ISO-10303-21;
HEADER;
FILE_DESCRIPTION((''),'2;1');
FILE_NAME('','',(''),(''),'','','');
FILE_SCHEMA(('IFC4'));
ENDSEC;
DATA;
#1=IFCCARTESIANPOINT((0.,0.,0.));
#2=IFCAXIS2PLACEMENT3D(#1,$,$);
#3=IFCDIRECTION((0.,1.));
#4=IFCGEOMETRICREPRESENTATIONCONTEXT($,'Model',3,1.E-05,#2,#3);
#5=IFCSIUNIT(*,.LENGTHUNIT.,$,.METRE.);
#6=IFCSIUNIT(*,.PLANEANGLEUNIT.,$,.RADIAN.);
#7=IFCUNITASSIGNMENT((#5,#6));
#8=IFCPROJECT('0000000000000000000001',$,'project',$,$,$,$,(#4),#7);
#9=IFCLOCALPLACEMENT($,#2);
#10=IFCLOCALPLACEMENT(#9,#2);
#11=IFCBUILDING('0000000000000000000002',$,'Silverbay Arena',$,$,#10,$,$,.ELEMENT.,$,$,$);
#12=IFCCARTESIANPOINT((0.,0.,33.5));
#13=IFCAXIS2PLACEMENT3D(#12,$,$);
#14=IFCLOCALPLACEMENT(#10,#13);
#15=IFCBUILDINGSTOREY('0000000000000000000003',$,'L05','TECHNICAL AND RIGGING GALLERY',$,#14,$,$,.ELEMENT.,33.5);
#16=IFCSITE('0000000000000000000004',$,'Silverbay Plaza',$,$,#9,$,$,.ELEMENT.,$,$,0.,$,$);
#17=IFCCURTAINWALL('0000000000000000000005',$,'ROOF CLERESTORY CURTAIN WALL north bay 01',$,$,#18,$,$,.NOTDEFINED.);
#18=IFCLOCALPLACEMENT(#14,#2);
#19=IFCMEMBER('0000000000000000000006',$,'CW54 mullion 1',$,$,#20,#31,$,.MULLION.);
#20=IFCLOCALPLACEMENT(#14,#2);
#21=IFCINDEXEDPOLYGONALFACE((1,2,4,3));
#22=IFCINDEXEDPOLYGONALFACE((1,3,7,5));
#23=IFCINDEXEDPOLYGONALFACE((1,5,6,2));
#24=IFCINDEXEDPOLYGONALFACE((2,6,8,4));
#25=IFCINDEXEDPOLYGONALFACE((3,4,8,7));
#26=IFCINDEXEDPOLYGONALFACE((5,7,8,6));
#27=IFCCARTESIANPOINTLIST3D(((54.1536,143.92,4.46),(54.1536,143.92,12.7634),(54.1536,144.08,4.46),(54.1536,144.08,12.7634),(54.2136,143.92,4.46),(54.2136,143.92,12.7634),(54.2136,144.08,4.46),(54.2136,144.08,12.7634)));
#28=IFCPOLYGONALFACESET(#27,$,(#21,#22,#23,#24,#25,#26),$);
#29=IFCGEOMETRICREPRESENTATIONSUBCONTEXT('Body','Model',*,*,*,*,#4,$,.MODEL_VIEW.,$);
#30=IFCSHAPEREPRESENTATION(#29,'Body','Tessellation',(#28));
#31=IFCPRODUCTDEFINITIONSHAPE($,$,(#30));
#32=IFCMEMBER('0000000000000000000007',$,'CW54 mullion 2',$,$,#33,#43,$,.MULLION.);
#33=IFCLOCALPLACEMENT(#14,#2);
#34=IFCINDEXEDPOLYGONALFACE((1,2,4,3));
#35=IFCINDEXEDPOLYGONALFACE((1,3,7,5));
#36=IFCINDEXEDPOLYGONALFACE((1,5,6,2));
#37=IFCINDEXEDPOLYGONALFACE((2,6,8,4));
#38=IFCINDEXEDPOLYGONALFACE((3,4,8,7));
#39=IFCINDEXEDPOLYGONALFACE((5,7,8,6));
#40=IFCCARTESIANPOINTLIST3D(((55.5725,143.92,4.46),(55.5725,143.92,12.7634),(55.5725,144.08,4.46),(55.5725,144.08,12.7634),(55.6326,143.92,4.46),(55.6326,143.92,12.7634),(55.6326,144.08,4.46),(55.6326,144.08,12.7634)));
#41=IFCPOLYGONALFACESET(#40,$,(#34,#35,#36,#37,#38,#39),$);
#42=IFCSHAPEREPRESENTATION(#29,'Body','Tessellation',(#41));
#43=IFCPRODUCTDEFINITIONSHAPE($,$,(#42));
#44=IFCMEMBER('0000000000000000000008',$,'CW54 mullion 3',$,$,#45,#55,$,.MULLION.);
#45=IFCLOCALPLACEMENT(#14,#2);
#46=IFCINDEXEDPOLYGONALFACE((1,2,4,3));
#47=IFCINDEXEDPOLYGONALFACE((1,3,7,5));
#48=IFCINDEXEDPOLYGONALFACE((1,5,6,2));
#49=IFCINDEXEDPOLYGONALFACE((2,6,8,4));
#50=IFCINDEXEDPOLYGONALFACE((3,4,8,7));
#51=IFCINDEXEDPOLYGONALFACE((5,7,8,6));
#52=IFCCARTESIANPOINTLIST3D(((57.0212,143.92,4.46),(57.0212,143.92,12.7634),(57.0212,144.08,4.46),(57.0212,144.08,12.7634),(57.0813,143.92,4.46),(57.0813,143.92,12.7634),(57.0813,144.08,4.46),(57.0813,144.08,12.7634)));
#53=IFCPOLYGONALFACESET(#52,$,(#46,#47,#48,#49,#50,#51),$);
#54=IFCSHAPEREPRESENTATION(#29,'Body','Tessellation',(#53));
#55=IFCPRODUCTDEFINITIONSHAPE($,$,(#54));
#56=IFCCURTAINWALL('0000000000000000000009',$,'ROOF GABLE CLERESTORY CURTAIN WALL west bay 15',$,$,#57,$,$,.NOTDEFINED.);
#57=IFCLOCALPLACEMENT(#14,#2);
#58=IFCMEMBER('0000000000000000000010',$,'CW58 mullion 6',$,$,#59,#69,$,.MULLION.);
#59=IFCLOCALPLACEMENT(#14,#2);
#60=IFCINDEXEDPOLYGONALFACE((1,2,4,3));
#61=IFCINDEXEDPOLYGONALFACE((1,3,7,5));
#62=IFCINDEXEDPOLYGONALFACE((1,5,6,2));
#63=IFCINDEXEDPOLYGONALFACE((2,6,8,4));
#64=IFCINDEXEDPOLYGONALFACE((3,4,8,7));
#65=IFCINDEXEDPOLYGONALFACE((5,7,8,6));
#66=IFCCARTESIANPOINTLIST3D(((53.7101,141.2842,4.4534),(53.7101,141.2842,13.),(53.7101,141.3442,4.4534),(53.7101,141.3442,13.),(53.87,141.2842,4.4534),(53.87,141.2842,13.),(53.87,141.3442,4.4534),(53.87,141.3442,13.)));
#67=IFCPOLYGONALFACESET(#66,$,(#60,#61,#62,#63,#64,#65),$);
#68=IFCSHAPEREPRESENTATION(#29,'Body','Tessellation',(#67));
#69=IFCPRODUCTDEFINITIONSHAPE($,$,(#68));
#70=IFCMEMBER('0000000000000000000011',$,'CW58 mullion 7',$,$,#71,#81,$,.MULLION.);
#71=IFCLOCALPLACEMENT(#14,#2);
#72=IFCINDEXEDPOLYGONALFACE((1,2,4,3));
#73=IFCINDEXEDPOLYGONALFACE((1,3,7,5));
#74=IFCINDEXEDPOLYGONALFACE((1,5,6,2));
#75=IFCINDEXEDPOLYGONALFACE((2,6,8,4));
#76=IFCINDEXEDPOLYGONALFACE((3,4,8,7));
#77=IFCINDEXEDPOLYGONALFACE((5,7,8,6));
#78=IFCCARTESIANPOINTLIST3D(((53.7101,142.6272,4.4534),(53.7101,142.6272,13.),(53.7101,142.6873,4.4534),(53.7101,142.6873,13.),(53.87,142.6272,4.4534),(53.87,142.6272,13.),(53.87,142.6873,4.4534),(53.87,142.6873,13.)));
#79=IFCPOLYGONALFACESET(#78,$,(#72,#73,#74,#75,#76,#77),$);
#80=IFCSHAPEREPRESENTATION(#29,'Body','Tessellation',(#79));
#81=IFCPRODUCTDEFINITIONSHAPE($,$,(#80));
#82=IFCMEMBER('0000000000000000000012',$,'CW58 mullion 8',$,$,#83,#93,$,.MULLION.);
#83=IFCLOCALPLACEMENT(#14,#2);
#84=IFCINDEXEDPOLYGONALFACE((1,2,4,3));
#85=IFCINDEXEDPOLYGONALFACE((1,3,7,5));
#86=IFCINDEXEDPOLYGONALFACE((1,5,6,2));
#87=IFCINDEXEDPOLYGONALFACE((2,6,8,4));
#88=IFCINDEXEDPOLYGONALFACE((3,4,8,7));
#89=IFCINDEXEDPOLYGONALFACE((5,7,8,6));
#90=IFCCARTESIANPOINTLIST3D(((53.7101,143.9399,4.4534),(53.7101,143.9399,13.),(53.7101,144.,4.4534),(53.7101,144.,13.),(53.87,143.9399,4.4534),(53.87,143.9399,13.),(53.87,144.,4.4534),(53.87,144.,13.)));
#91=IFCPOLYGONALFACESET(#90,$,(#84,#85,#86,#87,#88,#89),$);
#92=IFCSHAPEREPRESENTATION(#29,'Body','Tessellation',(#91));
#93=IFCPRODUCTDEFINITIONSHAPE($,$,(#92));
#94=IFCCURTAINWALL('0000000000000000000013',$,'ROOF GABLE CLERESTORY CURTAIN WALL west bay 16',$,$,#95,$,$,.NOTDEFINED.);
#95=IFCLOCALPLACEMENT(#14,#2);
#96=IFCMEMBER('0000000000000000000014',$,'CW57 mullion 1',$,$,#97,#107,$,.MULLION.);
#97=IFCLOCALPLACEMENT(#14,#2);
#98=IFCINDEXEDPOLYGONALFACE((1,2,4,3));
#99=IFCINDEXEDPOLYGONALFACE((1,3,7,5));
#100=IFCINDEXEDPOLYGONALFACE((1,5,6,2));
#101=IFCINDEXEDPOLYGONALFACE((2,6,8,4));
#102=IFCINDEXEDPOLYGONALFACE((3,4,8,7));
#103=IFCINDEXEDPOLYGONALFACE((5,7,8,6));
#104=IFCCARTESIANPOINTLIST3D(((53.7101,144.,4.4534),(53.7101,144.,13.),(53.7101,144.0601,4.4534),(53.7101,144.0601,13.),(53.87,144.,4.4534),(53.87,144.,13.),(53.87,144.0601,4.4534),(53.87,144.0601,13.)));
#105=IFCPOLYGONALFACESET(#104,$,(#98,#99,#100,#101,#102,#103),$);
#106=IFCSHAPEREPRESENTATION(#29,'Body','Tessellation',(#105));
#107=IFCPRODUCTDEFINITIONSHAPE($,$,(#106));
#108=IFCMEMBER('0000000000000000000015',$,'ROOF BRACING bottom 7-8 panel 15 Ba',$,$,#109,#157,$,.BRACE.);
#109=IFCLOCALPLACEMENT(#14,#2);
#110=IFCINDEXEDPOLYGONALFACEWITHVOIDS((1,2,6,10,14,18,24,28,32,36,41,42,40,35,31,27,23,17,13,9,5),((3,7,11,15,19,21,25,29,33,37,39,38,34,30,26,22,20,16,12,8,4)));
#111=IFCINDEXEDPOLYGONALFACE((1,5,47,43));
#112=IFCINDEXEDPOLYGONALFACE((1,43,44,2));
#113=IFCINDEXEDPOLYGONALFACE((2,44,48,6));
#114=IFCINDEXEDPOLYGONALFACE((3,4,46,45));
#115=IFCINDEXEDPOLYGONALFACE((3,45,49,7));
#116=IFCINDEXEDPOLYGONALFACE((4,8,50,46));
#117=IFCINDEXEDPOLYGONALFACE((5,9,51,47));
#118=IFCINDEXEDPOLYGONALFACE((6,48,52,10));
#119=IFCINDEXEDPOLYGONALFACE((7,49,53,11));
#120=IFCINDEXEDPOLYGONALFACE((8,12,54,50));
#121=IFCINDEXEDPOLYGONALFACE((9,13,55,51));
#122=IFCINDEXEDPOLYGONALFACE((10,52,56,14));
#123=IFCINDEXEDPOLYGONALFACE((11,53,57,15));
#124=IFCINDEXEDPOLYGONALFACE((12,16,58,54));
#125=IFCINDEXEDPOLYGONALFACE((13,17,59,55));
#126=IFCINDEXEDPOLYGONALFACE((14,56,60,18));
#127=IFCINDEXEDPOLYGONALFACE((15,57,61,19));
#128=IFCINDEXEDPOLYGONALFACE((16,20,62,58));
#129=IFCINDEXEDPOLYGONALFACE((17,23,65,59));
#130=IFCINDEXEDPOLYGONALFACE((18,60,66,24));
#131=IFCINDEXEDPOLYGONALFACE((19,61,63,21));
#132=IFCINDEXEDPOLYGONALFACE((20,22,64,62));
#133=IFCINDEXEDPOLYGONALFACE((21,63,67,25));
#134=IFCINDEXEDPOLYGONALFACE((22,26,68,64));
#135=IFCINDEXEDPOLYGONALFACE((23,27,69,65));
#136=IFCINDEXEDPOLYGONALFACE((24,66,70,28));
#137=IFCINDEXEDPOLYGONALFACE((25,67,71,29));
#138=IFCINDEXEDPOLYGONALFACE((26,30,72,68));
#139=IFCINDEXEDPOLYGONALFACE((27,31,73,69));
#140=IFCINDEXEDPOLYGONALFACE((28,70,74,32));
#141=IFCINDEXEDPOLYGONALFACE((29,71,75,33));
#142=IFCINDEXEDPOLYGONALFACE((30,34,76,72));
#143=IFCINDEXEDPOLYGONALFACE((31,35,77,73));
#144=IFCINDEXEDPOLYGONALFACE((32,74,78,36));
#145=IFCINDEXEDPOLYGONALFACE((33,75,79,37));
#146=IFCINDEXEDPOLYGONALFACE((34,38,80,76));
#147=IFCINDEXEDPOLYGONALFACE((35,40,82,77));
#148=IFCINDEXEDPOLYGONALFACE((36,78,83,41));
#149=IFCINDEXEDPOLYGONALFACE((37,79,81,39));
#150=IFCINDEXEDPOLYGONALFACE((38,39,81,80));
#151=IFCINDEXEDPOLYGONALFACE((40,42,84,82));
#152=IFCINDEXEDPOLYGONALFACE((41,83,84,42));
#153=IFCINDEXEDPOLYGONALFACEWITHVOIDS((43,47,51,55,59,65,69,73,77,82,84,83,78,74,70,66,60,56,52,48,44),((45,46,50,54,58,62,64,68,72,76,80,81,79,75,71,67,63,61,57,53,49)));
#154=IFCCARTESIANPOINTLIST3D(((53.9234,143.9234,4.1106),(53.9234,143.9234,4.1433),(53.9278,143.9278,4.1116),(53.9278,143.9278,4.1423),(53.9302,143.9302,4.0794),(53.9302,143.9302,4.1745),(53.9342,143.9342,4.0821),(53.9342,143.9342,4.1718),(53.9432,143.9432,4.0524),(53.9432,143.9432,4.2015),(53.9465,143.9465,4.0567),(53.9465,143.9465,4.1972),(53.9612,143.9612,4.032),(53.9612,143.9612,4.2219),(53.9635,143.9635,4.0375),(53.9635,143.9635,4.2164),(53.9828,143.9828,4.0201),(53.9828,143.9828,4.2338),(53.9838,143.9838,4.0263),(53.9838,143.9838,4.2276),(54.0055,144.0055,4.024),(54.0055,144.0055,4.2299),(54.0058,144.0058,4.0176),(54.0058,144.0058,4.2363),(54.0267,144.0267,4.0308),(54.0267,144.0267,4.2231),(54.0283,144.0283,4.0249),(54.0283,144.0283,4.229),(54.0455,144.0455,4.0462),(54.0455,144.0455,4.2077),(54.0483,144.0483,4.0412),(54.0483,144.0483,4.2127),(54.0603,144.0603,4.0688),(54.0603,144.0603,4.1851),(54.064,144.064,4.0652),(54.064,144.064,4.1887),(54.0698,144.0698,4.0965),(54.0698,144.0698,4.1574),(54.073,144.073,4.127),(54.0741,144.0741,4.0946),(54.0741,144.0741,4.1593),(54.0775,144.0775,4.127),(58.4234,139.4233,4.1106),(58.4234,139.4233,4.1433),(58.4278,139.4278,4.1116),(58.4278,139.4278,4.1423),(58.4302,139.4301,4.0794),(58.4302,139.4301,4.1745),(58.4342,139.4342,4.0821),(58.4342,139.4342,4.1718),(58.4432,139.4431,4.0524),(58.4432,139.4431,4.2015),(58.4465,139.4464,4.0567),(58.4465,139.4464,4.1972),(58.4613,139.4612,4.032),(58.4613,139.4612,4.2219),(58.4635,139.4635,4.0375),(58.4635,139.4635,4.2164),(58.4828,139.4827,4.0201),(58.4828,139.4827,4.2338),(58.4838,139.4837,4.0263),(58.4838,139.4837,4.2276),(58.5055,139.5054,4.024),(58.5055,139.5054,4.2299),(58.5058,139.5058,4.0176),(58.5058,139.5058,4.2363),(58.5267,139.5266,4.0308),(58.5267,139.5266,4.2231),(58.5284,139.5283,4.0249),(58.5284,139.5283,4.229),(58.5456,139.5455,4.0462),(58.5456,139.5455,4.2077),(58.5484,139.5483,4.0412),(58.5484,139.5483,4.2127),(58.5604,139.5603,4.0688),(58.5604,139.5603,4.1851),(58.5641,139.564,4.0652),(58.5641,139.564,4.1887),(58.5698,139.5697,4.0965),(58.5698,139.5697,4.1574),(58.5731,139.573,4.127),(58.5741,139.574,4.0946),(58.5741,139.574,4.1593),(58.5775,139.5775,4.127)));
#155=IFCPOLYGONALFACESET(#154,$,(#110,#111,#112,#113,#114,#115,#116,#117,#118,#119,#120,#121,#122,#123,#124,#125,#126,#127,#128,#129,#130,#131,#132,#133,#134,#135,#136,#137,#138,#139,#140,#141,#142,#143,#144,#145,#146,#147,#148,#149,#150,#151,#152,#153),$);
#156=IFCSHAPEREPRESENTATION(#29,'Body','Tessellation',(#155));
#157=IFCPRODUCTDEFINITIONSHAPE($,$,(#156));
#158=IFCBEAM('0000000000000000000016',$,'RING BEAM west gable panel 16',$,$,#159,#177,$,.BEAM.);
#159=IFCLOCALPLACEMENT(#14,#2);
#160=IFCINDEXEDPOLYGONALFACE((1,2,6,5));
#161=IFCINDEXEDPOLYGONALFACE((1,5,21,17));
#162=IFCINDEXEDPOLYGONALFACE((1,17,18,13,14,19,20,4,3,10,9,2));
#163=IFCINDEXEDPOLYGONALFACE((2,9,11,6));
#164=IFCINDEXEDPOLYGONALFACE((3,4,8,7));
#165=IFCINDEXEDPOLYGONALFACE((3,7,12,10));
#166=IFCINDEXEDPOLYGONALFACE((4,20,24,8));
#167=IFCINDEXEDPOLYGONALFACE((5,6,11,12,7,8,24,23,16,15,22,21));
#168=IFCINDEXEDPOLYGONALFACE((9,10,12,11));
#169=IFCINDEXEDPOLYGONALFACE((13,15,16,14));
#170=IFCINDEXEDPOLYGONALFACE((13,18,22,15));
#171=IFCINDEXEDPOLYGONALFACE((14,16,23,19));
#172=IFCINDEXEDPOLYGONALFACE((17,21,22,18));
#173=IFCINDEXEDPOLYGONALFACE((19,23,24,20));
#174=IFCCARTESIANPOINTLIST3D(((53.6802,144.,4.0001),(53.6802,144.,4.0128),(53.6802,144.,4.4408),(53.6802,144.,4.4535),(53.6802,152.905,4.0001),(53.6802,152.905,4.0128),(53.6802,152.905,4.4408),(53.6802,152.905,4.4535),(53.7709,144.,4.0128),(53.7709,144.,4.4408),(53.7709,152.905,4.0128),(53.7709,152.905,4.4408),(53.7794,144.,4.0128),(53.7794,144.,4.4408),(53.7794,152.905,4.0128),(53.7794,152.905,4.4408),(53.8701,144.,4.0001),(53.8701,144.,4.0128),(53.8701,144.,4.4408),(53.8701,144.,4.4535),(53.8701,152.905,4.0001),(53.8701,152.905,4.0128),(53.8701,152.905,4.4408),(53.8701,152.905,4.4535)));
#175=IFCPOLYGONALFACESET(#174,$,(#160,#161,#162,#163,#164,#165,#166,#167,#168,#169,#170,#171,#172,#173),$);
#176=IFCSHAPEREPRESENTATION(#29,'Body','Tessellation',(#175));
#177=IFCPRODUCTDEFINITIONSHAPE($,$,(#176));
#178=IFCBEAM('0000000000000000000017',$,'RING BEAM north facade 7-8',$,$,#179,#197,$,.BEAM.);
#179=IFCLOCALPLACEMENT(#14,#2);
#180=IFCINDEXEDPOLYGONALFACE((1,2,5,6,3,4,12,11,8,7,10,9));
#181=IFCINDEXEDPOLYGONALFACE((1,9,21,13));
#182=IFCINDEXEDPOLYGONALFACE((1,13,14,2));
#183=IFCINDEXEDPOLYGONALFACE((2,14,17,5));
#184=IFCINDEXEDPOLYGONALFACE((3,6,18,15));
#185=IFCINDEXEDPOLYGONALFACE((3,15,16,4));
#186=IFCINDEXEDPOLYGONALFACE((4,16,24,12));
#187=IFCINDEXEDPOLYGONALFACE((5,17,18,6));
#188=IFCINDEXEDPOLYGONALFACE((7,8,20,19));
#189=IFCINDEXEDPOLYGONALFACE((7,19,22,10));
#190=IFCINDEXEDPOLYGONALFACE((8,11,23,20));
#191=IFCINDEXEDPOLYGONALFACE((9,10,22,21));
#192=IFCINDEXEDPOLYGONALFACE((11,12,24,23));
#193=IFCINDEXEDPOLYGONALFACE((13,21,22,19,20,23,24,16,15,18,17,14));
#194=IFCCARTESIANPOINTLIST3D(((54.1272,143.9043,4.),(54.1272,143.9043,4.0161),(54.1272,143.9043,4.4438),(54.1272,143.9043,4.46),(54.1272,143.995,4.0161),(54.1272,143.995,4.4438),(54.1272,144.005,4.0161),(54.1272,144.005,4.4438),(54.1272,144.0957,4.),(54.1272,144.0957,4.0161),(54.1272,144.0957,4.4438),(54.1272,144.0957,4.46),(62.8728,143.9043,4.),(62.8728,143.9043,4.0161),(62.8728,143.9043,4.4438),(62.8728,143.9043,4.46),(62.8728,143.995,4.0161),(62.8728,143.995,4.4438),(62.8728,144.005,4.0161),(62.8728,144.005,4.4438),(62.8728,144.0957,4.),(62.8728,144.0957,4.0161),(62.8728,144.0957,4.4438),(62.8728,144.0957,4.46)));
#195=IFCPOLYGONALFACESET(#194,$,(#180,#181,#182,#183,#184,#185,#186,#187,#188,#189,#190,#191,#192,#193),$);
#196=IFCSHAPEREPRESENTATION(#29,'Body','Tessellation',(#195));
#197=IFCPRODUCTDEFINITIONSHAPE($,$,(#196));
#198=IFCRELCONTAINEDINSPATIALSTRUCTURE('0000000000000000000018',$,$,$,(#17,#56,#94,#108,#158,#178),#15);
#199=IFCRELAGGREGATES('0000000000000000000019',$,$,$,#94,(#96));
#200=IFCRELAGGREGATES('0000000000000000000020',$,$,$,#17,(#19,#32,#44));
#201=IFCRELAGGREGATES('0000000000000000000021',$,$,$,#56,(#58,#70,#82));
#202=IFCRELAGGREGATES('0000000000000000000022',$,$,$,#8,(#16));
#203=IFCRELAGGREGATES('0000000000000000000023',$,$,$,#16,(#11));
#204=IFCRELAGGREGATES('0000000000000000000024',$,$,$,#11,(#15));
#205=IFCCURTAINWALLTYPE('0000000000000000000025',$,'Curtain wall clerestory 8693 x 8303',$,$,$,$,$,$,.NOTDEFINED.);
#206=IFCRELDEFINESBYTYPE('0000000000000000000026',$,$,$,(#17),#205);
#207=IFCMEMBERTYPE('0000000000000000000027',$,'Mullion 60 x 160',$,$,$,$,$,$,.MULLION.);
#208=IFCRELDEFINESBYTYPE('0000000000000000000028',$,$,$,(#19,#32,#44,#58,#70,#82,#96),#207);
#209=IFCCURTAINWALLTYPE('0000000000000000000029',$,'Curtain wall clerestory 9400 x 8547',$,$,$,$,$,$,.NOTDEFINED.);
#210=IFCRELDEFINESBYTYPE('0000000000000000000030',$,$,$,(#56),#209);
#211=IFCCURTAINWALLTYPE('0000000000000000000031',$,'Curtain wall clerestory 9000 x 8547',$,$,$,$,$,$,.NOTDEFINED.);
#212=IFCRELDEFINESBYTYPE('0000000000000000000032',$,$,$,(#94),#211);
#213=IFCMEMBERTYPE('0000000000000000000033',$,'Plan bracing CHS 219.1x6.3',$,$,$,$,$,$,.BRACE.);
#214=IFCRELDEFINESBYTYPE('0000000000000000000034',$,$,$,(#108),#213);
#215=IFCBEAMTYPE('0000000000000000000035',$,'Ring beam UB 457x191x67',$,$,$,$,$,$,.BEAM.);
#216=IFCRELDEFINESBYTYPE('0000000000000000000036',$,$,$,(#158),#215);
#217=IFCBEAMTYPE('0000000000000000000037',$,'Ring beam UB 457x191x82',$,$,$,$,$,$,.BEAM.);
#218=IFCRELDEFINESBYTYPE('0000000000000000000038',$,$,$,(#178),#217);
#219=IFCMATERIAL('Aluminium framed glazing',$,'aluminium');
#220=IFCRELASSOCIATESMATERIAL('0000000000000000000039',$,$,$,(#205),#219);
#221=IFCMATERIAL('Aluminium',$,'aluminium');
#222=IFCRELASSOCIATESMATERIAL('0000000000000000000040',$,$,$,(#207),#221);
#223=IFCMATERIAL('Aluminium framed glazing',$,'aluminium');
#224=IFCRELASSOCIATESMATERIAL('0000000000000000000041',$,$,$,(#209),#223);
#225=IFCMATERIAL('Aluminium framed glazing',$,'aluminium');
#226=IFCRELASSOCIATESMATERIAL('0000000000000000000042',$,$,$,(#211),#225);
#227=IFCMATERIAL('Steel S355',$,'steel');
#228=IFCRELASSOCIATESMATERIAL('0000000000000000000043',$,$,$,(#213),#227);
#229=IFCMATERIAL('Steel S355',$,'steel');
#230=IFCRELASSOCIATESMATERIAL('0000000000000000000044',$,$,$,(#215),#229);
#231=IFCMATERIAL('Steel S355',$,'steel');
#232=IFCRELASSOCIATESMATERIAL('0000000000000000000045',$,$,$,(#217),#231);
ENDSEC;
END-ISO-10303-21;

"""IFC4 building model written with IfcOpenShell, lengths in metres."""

from ifc_helpers import new_model, si_unit, direction, frame, origin, origin_2d, place, context, subcontext, project, spatial, rectangle, hollow_circle, i_section, extrude, material, material_profile, profile_set, type_object, element, aggregate, save


model = new_model("IFC4")

# Units and contexts
model_context = context("Model", 3, precision=1e-05, world=origin(), true_north=direction((0.0, 1.0)))
body_context = subcontext(model_context, "Body", "Model", "MODEL_VIEW")
ifc_project = project(units=[si_unit("LENGTHUNIT", "METRE"), si_unit("PLANEANGLEUNIT", "RADIAN")], contexts=[model_context])

# Site, building, storey
site_placement = place(None, origin())
site = spatial("IfcSite", under=ifc_project, at=site_placement, Name="Silverbay Plaza", CompositionType="ELEMENT", RefElevation=0.0)
building_placement = place(site_placement, origin())
building = spatial("IfcBuilding", under=site, at=building_placement, Name="Silverbay Arena", CompositionType="ELEMENT")
storey_placement = place(building_placement, frame((0.0, 0.0, 33.5)))
storey = spatial("IfcBuildingStorey", under=building, at=storey_placement, Name="L05", Description="TECHNICAL AND RIGGING GALLERY", CompositionType="ELEMENT", Elevation=33.5)

# Curtain walls, members
ifc_material_1 = material(Name="Aluminium framed glazing", Category="aluminium")
curtain_wall_type_1 = type_object("IfcCurtainWallType", Name="Curtain wall clerestory 8693 x 8303", PredefinedType="NOTDEFINED", material=ifc_material_1)
curtain_wall_1_placement = place(storey_placement, origin())
curtain_wall_1 = element("IfcCurtainWall", 1, at=curtain_wall_1_placement, inside=storey, type_object=curtain_wall_type_1, Name="ROOF CLERESTORY CURTAIN WALL north bay 01", PredefinedType="NOTDEFINED")
ifc_material_2 = material(Name="Aluminium", Category="aluminium")
ifc_material_profile_1 = material_profile(ifc_material_2, rectangle(XDim=0.1599, YDim=0.0601, at=origin_2d()), Name="Mullion 60 x 160")
ifc_profile_set_1 = profile_set([ifc_material_profile_1], Name="Aluminium")
member_type_1 = type_object("IfcMemberType", Name="Mullion 60 x 160", PredefinedType="MULLION", material=ifc_profile_set_1)
member_1_placement = place(storey_placement, frame((54.1836, 144.0, 4.46), z_axis=(0.0, 0.0, 1.0), x_axis=(0.0, 1.0, 0.0)))
member_1 = element("IfcMember", 2, at=member_1_placement, type_object=member_type_1, Name="CW54 mullion 1", PredefinedType="MULLION", context=body_context, shape_type="SweptSolid", body=[
    extrude(rectangle(XDim=0.1599, YDim=0.0601, at=origin_2d()), origin(), (0.0, 0.0, 1.0), 8.3035),
])
member_2_placement = place(storey_placement, frame((55.6025, 144.0, 4.46), z_axis=(0.0, 0.0, 1.0), x_axis=(0.0, 1.0, 0.0)))
member_2 = element("IfcMember", 3, at=member_2_placement, type_object=member_type_1, Name="CW54 mullion 2", PredefinedType="MULLION", context=body_context, shape_type="SweptSolid", body=[
    extrude(rectangle(XDim=0.1599, YDim=0.0601, at=origin_2d()), origin(), (0.0, 0.0, 1.0), 8.3035),
])
member_3_placement = place(storey_placement, frame((57.0513, 144.0, 4.46), z_axis=(0.0, 0.0, 1.0), x_axis=(0.0, 1.0, 0.0)))
member_3 = element("IfcMember", 4, at=member_3_placement, type_object=member_type_1, Name="CW54 mullion 3", PredefinedType="MULLION", context=body_context, shape_type="SweptSolid", body=[
    extrude(rectangle(XDim=0.1599, YDim=0.0601, at=origin_2d()), origin(), (0.0, 0.0, 1.0), 8.3035),
])
ifc_material_3 = material(Name="Aluminium framed glazing", Category="aluminium")
curtain_wall_type_2 = type_object("IfcCurtainWallType", Name="Curtain wall clerestory 9400 x 8547", PredefinedType="NOTDEFINED", material=ifc_material_3)
curtain_wall_2_placement = place(storey_placement, origin())
curtain_wall_2 = element("IfcCurtainWall", 5, at=curtain_wall_2_placement, inside=storey, type_object=curtain_wall_type_2, Name="ROOF GABLE CLERESTORY CURTAIN WALL west bay 15", PredefinedType="NOTDEFINED")
member_4_placement = place(storey_placement, frame((53.79, 141.3142, 4.4534), z_axis=(0.0, 0.0, 1.0), x_axis=(-1.0, 0.0, 0.0)))
member_4 = element("IfcMember", 6, at=member_4_placement, type_object=member_type_1, Name="CW58 mullion 6", PredefinedType="MULLION", context=body_context, shape_type="SweptSolid", body=[
    extrude(rectangle(XDim=0.1599, YDim=0.0601, at=origin_2d()), origin(), (0.0, 0.0, 1.0), 8.5466),
])
member_5_placement = place(storey_placement, frame((53.79, 142.6572, 4.4534), z_axis=(0.0, 0.0, 1.0), x_axis=(-1.0, 0.0, 0.0)))
member_5 = element("IfcMember", 7, at=member_5_placement, type_object=member_type_1, Name="CW58 mullion 7", PredefinedType="MULLION", context=body_context, shape_type="SweptSolid", body=[
    extrude(rectangle(XDim=0.1599, YDim=0.0601, at=origin_2d()), origin(), (0.0, 0.0, 1.0), 8.5466),
])
member_6_placement = place(storey_placement, frame((53.79, 143.97, 4.4534), z_axis=(0.0, 0.0, 1.0), x_axis=(-1.0, 0.0, 0.0)))
member_6 = element("IfcMember", 8, at=member_6_placement, type_object=member_type_1, Name="CW58 mullion 8", PredefinedType="MULLION", context=body_context, shape_type="SweptSolid", body=[
    extrude(rectangle(XDim=0.1599, YDim=0.0601, at=origin_2d()), origin(), (0.0, 0.0, 1.0), 8.5466),
])

# Curtain wall, member
ifc_material_4 = material(Name="Aluminium framed glazing", Category="aluminium")
curtain_wall_type_3 = type_object("IfcCurtainWallType", Name="Curtain wall clerestory 9000 x 8547", PredefinedType="NOTDEFINED", material=ifc_material_4)
curtain_wall_3_placement = place(storey_placement, origin())
curtain_wall_3 = element("IfcCurtainWall", 9, at=curtain_wall_3_placement, inside=storey, type_object=curtain_wall_type_3, Name="ROOF GABLE CLERESTORY CURTAIN WALL west bay 16", PredefinedType="NOTDEFINED")
member_7_placement = place(storey_placement, frame((53.79, 144.03, 4.4534), z_axis=(0.0, 0.0, 1.0), x_axis=(-1.0, 0.0, 0.0)))
member_7 = element("IfcMember", 10, at=member_7_placement, type_object=member_type_1, Name="CW57 mullion 1", PredefinedType="MULLION", context=body_context, shape_type="SweptSolid", body=[
    extrude(rectangle(XDim=0.1599, YDim=0.0601, at=origin_2d()), origin(), (0.0, 0.0, 1.0), 8.5466),
])

# Member
ifc_material_5 = material(Name="Steel S355", Category="steel")
ifc_material_profile_2 = material_profile(ifc_material_5, hollow_circle(Radius=0.1096, WallThickness=0.0063, at=origin_2d()), Name="CHS 219.1x6.3")
ifc_profile_set_2 = profile_set([ifc_material_profile_2], Name="Steel S355")
member_type_2 = type_object("IfcMemberType", Name="Plan bracing CHS 219.1x6.3", PredefinedType="BRACE", material=ifc_profile_set_2)
member_8_placement = place(storey_placement, frame((54.0, 144.0, 4.127), z_axis=(0.707107, -0.707107, 0.0), x_axis=(0.707107, 0.707107, 0.0)))
element("IfcMember", 11, at=member_8_placement, inside=storey, type_object=member_type_2, Name="ROOF BRACING bottom 7-8 panel 15 Ba", PredefinedType="BRACE", context=body_context, shape_type="SweptSolid", body=[
    extrude(hollow_circle(Radius=0.1096, WallThickness=0.0063, at=origin_2d()), origin(), (0.0, 0.0, 1.0), 6.364),
])

# Beams
ifc_material_6 = material(Name="Steel S355", Category="steel")
ifc_material_profile_3 = material_profile(ifc_material_6, i_section(OverallWidth=0.1899, OverallDepth=0.4534, WebThickness=0.0085, FlangeThickness=0.0127, at=origin_2d()), Name="UB 457x191x67")
ifc_profile_set_3 = profile_set([ifc_material_profile_3], Name="Steel S355")
beam_type_1 = type_object("IfcBeamType", Name="Ring beam UB 457x191x67", PredefinedType="BEAM", material=ifc_profile_set_3)
beam_1_placement = place(storey_placement, frame((53.7751, 144.0, 4.2268), z_axis=(0.0, 1.0, 0.0), x_axis=(-1.0, 0.0, 0.0)))
element("IfcBeam", 12, at=beam_1_placement, inside=storey, type_object=beam_type_1, Name="RING BEAM west gable panel 16", PredefinedType="BEAM", context=body_context, shape_type="SweptSolid", body=[
    extrude(i_section(OverallWidth=0.1899, OverallDepth=0.4534, WebThickness=0.0085, FlangeThickness=0.0127, at=origin_2d()), origin(), (0.0, 0.0, 1.0), 8.905),
])
ifc_material_7 = material(Name="Steel S355", Category="steel")
ifc_material_profile_4 = material_profile(ifc_material_7, i_section(OverallWidth=0.1914, OverallDepth=0.46, WebThickness=0.01, FlangeThickness=0.0161, at=origin_2d()), Name="UB 457x191x82")
ifc_profile_set_4 = profile_set([ifc_material_profile_4], Name="Steel S355")
beam_type_2 = type_object("IfcBeamType", Name="Ring beam UB 457x191x82", PredefinedType="BEAM", material=ifc_profile_set_4)
beam_2_placement = place(storey_placement, frame((54.1272, 144.0, 4.23), z_axis=(1.0, 0.0, 0.0), x_axis=(0.0, 1.0, 0.0)))
element("IfcBeam", 13, at=beam_2_placement, inside=storey, type_object=beam_type_2, Name="RING BEAM north facade 7-8", PredefinedType="BEAM", context=body_context, shape_type="SweptSolid", body=[
    extrude(i_section(OverallWidth=0.1914, OverallDepth=0.46, WebThickness=0.01, FlangeThickness=0.0161, at=origin_2d()), origin(), (0.0, 0.0, 1.0), 8.7456),
])

aggregate(curtain_wall_3, [member_7])

aggregate(curtain_wall_1, [member_1, member_2, member_3])
aggregate(curtain_wall_2, [member_4, member_5, member_6])

save(model, "model.ifc")
